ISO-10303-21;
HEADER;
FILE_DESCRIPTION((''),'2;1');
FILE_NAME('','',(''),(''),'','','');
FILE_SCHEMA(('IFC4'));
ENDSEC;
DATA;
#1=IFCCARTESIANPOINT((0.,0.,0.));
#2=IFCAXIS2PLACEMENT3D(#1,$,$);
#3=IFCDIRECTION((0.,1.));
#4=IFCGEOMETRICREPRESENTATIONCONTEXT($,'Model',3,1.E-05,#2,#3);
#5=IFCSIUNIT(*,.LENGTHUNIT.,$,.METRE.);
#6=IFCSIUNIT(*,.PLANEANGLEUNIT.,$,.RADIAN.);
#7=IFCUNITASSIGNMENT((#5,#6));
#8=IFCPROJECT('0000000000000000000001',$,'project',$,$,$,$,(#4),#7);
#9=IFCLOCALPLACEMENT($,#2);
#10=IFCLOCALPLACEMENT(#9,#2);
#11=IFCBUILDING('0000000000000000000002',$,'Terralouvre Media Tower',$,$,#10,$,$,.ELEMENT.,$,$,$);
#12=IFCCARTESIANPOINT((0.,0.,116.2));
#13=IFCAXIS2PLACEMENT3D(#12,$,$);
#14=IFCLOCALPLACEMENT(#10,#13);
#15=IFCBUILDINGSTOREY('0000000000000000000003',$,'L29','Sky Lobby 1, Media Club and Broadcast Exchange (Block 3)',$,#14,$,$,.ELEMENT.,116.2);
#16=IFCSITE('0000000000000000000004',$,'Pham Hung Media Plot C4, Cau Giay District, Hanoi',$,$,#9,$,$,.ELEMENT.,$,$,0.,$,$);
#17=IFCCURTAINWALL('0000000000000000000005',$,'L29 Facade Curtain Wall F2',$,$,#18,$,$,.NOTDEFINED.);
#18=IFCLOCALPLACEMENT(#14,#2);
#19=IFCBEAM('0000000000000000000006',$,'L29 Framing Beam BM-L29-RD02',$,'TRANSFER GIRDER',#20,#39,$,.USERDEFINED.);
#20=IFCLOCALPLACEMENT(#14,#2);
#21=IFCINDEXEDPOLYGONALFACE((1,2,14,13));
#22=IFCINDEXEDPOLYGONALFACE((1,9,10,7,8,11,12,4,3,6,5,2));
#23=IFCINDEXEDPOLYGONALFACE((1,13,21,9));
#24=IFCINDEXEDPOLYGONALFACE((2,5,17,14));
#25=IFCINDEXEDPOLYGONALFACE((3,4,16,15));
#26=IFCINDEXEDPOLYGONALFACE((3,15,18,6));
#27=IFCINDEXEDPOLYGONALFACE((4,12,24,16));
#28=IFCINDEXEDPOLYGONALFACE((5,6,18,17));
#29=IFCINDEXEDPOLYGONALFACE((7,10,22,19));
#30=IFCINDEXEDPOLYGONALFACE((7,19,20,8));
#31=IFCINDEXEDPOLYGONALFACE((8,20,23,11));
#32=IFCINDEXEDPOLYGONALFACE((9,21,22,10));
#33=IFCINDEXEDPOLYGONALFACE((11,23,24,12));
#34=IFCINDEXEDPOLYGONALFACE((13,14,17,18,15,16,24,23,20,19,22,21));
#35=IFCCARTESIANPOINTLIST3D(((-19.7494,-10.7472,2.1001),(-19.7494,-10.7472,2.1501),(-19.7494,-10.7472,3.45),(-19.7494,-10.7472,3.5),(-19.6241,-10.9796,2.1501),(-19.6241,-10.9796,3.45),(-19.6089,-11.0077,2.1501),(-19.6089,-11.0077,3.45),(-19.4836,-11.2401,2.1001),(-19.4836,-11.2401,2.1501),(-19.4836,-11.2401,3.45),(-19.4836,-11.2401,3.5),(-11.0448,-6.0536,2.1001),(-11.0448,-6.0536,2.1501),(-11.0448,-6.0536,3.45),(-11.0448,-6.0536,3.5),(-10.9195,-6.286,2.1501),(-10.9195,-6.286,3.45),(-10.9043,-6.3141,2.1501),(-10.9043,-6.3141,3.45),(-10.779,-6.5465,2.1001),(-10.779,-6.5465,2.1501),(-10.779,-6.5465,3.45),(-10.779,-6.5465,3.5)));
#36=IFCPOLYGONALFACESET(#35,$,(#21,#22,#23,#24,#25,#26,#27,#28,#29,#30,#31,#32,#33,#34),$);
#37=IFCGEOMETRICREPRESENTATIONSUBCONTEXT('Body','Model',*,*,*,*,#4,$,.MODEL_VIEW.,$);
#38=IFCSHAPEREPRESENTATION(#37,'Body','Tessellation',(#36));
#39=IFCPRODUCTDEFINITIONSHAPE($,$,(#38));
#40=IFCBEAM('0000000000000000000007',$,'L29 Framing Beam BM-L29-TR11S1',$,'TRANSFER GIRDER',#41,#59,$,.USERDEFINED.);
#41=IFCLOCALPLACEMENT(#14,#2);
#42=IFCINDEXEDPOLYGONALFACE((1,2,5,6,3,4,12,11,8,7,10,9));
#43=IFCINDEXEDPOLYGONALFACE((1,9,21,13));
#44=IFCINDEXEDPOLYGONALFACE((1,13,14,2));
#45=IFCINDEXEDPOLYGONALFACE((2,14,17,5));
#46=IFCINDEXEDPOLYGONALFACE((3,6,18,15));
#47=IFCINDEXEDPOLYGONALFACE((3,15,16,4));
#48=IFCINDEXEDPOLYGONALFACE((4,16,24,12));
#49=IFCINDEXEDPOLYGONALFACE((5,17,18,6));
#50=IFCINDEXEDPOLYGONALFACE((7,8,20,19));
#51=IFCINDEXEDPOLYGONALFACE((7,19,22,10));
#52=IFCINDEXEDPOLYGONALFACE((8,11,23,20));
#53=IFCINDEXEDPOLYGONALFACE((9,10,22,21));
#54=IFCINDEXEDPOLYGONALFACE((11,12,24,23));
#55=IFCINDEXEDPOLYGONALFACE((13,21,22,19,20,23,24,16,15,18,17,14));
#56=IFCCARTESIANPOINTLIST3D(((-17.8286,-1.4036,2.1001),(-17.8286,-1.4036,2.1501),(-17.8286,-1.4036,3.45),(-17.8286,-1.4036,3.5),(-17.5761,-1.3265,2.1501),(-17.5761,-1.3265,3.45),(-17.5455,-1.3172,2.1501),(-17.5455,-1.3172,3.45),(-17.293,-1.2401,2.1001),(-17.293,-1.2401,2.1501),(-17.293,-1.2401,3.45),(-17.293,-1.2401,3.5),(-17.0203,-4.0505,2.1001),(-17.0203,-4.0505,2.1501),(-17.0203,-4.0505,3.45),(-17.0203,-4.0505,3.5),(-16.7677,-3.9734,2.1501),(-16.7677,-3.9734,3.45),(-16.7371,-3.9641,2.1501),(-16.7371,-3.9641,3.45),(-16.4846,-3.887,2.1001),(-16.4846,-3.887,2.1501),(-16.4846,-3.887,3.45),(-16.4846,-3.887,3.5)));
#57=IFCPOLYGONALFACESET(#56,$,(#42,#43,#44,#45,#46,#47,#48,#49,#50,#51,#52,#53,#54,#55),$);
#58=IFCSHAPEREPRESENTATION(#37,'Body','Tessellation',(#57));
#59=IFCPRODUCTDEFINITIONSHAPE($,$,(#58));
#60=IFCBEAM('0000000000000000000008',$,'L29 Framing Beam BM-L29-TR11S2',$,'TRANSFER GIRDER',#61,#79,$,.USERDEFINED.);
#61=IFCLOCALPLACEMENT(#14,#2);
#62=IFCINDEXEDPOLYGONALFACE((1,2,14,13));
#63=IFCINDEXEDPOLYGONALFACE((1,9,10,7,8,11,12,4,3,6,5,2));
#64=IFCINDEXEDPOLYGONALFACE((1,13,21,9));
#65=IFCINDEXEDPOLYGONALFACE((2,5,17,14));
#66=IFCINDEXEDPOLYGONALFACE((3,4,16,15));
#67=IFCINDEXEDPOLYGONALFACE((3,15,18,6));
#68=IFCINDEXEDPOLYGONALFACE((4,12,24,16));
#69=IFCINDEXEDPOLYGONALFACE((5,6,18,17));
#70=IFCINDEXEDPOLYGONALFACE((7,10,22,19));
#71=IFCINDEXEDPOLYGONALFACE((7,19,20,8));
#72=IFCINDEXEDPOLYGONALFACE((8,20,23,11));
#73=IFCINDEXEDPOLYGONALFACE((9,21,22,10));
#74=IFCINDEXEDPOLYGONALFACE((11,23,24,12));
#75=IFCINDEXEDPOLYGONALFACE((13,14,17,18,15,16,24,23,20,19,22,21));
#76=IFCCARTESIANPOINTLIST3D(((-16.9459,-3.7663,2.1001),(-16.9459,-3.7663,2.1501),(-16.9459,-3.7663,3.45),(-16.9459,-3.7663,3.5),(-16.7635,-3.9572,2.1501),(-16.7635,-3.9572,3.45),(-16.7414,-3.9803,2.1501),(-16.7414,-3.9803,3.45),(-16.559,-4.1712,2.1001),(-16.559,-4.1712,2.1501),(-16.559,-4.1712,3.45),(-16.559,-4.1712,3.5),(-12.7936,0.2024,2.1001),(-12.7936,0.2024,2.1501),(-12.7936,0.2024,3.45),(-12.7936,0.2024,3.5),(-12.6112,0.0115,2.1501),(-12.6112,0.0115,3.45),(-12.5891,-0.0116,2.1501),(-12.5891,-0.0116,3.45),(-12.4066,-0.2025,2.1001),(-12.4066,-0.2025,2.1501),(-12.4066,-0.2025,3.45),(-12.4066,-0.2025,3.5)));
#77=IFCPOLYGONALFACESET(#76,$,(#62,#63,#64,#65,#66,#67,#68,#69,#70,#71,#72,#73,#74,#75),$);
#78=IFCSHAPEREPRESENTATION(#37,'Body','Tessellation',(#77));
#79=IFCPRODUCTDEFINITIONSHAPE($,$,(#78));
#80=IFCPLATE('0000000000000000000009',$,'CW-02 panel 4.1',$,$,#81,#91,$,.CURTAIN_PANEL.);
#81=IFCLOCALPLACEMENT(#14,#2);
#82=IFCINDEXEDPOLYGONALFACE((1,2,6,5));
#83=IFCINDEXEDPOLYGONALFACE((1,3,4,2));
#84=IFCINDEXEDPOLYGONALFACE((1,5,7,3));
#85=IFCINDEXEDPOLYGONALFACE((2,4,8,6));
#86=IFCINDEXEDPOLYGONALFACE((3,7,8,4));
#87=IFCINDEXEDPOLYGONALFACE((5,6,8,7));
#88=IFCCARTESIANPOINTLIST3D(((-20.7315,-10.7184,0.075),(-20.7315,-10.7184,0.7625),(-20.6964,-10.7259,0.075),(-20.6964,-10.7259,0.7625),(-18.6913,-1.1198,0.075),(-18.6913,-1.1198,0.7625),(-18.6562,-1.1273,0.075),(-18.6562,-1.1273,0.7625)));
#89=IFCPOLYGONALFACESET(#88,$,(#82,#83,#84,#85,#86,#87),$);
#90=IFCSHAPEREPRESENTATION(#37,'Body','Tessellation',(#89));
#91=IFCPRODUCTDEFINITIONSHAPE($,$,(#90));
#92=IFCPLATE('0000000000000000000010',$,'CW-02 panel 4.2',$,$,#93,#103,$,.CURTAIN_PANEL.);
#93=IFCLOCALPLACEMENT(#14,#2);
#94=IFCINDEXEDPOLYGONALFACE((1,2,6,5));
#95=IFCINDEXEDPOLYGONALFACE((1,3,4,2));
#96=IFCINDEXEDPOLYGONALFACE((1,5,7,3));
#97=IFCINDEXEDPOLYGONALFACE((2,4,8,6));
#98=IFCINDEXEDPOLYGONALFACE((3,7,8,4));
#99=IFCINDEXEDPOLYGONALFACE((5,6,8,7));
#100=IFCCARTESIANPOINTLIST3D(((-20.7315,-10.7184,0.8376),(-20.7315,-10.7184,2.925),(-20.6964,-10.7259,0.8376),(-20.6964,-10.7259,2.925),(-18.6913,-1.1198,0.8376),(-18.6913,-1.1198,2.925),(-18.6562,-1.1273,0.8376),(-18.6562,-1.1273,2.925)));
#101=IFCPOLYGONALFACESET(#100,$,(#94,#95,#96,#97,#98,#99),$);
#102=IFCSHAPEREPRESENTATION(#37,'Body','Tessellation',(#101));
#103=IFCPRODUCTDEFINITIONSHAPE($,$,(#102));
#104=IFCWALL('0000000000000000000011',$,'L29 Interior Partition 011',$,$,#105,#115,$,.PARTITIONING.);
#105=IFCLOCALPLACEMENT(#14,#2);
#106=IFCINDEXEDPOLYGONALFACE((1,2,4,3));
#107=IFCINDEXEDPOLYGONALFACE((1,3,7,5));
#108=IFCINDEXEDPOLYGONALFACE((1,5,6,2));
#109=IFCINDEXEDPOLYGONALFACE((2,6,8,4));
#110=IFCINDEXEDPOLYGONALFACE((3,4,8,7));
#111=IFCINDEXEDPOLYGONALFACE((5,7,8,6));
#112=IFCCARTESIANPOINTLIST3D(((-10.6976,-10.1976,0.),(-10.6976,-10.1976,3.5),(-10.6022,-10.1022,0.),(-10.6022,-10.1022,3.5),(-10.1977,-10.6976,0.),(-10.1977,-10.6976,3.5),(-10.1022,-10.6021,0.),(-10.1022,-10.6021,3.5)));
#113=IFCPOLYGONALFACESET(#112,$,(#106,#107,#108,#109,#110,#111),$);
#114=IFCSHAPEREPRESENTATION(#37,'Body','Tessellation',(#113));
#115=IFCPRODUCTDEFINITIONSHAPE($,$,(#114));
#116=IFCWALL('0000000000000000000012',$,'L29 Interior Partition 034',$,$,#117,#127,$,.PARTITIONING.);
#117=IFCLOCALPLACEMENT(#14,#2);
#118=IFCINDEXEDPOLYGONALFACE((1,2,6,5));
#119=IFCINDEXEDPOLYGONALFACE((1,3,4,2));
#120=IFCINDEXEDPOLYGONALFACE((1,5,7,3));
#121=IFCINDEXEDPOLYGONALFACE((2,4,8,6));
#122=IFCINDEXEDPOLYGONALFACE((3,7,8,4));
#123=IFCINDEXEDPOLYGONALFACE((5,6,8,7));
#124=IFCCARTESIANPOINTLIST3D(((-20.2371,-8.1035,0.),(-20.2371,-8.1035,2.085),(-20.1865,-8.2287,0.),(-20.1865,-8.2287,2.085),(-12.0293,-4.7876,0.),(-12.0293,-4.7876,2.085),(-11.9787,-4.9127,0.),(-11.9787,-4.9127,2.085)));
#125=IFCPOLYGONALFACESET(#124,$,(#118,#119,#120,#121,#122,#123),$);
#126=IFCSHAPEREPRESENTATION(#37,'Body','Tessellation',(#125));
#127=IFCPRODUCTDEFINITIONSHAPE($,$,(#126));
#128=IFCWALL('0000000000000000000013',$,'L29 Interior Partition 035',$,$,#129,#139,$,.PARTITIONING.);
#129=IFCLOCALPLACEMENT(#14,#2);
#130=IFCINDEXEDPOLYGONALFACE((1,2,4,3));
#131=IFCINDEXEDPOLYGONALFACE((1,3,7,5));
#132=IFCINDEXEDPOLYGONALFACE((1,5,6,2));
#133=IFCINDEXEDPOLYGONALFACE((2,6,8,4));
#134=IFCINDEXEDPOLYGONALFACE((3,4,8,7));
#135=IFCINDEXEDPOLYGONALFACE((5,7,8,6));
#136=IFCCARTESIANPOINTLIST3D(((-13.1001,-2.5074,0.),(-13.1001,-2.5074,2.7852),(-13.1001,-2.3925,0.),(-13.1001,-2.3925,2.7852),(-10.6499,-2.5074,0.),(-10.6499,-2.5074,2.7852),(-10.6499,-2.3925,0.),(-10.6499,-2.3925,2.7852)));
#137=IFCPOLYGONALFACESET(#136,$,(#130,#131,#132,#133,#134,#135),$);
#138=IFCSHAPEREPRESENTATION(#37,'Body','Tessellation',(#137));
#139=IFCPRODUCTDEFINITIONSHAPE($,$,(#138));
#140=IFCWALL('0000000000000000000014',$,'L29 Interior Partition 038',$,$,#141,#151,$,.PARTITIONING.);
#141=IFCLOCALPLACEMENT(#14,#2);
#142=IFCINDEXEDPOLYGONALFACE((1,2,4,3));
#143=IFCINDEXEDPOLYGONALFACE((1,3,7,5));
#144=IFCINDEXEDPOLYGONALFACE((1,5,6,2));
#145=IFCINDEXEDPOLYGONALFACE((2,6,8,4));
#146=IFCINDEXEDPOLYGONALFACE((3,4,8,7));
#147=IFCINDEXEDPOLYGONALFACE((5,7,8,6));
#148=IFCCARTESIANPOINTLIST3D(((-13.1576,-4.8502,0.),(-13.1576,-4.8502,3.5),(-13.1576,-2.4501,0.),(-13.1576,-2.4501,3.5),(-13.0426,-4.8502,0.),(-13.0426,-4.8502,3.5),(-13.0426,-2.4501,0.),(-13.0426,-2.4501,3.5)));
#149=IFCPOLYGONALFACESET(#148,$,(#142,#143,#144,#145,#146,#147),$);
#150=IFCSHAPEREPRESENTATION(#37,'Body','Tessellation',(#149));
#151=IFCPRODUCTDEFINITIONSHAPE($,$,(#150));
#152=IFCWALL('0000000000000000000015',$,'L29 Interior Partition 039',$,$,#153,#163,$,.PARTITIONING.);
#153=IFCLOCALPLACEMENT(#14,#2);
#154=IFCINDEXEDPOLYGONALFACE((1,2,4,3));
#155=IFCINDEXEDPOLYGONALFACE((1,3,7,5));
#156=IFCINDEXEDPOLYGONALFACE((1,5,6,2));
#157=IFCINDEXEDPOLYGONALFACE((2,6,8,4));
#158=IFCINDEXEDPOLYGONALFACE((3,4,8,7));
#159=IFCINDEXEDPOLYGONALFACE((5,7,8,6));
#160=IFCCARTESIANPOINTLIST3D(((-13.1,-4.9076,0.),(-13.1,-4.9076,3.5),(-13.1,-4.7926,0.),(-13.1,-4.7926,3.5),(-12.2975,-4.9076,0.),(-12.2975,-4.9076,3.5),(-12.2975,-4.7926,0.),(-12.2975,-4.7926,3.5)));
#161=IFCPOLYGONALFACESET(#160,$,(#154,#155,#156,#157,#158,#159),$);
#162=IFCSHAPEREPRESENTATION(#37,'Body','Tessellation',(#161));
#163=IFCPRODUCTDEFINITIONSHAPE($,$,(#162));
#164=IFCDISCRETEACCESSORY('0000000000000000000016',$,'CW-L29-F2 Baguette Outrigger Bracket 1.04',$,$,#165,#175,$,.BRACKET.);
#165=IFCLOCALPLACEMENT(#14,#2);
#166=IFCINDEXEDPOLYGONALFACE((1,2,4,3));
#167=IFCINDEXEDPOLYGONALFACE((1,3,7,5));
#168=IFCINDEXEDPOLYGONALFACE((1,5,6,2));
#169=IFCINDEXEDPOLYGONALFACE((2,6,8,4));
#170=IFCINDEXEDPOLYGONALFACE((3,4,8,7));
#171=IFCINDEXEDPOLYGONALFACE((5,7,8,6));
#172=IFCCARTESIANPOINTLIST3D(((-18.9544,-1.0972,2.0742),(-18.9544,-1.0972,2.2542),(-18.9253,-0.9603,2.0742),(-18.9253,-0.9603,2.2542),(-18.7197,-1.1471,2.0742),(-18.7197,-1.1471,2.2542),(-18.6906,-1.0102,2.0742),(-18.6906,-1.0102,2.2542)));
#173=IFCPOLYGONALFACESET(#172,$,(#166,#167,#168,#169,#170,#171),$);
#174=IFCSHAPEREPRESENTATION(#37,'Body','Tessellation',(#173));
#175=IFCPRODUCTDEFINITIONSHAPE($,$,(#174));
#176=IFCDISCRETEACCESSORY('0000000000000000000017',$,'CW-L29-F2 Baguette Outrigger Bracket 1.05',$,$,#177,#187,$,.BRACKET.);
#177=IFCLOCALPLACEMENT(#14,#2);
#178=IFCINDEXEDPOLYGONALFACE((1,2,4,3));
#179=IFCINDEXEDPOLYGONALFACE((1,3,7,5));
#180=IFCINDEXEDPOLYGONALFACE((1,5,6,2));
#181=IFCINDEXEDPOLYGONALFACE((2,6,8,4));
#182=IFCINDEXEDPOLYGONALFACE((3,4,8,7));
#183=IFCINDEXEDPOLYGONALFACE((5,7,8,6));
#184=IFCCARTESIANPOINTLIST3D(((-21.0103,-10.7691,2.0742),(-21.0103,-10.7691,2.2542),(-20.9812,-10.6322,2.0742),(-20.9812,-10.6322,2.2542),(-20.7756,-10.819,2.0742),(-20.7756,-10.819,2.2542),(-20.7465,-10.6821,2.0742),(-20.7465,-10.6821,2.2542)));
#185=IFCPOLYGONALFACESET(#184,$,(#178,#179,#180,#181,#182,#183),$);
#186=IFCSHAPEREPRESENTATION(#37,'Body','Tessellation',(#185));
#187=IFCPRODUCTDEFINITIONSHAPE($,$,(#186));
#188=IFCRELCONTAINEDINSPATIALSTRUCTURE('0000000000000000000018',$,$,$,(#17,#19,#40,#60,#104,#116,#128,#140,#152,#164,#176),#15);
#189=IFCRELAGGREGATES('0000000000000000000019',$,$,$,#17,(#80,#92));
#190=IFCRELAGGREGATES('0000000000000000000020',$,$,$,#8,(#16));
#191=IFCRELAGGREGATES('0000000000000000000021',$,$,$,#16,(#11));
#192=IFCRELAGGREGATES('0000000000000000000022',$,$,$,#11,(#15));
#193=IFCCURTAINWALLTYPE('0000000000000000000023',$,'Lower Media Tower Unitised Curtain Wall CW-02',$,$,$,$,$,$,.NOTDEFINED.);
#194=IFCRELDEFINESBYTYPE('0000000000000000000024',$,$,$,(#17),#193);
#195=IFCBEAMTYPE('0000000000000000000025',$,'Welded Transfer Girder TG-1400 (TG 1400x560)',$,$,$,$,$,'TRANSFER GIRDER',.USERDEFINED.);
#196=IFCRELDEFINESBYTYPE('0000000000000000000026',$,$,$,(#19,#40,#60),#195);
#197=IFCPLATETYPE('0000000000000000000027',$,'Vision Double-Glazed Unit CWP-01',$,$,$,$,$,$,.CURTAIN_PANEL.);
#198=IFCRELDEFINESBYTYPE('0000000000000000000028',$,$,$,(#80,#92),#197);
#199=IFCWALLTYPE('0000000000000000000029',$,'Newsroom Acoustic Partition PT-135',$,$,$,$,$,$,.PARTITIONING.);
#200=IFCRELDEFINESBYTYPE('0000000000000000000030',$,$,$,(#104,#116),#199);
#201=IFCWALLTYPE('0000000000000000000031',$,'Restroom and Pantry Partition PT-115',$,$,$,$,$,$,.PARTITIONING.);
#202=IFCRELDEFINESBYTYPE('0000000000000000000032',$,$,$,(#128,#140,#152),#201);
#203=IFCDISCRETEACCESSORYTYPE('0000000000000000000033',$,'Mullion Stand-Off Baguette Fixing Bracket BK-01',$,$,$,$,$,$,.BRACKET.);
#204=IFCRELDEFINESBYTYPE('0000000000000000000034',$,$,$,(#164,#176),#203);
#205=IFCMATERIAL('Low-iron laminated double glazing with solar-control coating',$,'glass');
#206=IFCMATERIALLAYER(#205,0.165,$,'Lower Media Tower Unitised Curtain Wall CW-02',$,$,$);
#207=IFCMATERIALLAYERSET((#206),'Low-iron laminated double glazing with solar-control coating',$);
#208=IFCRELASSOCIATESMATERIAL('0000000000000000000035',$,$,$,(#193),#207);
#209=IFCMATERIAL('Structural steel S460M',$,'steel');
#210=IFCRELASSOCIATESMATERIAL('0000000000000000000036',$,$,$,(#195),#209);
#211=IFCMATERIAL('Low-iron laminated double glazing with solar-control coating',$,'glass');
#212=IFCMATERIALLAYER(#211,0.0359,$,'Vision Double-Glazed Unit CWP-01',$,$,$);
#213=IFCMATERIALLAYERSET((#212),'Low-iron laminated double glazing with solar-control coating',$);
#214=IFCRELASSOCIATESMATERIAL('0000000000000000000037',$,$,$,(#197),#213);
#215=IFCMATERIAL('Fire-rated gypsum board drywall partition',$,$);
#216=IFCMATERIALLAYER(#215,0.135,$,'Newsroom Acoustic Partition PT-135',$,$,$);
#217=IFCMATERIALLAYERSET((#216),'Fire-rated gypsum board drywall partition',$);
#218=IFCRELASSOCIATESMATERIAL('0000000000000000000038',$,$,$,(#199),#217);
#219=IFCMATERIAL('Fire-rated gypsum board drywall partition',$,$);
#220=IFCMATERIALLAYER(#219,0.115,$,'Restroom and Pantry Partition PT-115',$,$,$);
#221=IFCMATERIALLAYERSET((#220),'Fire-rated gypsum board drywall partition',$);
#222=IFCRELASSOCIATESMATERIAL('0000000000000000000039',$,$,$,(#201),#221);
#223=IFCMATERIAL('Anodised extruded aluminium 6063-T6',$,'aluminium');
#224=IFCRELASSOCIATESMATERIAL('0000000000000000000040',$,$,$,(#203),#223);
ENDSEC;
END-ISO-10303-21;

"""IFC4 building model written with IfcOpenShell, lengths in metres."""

from ifc_helpers import new_model, si_unit, direction, frame, frame_2d, origin, origin_2d, place, context, subcontext, project, spatial, rectangle, i_section, extrude, material, layer, layer_set, material_profile, profile_set, type_object, element, aggregate, save


model = new_model("IFC4")

# Units and contexts
model_context = context("Model", 3, precision=1e-05, world=origin(), true_north=direction((0.0, 1.0)))
body_context = subcontext(model_context, "Body", "Model", "MODEL_VIEW")
ifc_project = project(units=[si_unit("LENGTHUNIT", "METRE"), si_unit("PLANEANGLEUNIT", "RADIAN")], contexts=[model_context])

# Site, building, storey
site_placement = place(None, origin())
site = spatial("IfcSite", under=ifc_project, at=site_placement, Name="Pham Hung Media Plot C4, Cau Giay District, Hanoi", CompositionType="ELEMENT", RefElevation=0.0)
building_placement = place(site_placement, origin())
building = spatial("IfcBuilding", under=site, at=building_placement, Name="Terralouvre Media Tower", CompositionType="ELEMENT")
storey_placement = place(building_placement, frame((0.0, 0.0, 116.2)))
storey = spatial("IfcBuildingStorey", under=building, at=storey_placement, Name="L29", Description="Sky Lobby 1, Media Club and Broadcast Exchange (Block 3)", CompositionType="ELEMENT", Elevation=116.2)

# Curtain wall
ifc_material_1 = material(Name="Low-iron laminated double glazing with solar-control coating", Category="glass")
ifc_layer_1 = layer(ifc_material_1, 0.165, Name="Lower Media Tower Unitised Curtain Wall CW-02")
ifc_layer_set_1 = layer_set([ifc_layer_1], Name="Low-iron laminated double glazing with solar-control coating")
curtain_wall_type = type_object("IfcCurtainWallType", Name="Lower Media Tower Unitised Curtain Wall CW-02", PredefinedType="NOTDEFINED", material=ifc_layer_set_1)
curtain_wall_placement = place(storey_placement, origin())
curtain_wall = element("IfcCurtainWall", 1, at=curtain_wall_placement, inside=storey, type_object=curtain_wall_type, Name="L29 Facade Curtain Wall F2", PredefinedType="NOTDEFINED")

# Beams
ifc_material_2 = material(Name="Structural steel S460M", Category="steel")
ifc_material_profile_1 = material_profile(ifc_material_2, i_section(OverallWidth=0.5601, OverallDepth=1.3999, WebThickness=0.032, FlangeThickness=0.05, at=origin_2d()), Name="TG 1400x560")
ifc_profile_set_1 = profile_set([ifc_material_profile_1], Name="Structural steel S460M")
beam_type_1 = type_object("IfcBeamType", Name="Welded Transfer Girder TG-1400 (TG 1400x560)", ElementType="TRANSFER GIRDER", PredefinedType="USERDEFINED", material=ifc_profile_set_1)
beam_1_placement = place(storey_placement, frame((-10.9119, -6.3, 2.8), z_axis=(-0.880196, -0.474611, 0.0), x_axis=(0.474611, -0.880196, 0.0)))
element("IfcBeam", 2, at=beam_1_placement, inside=storey, type_object=beam_type_1, Name="L29 Framing Beam BM-L29-RD02", ObjectType="TRANSFER GIRDER", PredefinedType="USERDEFINED", context=body_context, shape_type="SweptSolid", body=[
    extrude(i_section(OverallWidth=0.5601, OverallDepth=1.3999, WebThickness=0.032, FlangeThickness=0.05, at=origin_2d()), origin(), (0.0, 0.0, 1.0), 9.8894),
])
beam_2_placement = place(storey_placement, frame((-16.7524, -3.9688, 2.8), z_axis=(-0.292071, 0.956397, 0.0), x_axis=(-0.956397, -0.292071, 0.0)))
element("IfcBeam", 3, at=beam_2_placement, inside=storey, type_object=beam_type_1, Name="L29 Framing Beam BM-L29-TR11S1", ObjectType="TRANSFER GIRDER", PredefinedType="USERDEFINED", context=body_context, shape_type="SweptSolid", body=[
    extrude(i_section(OverallWidth=0.5601, OverallDepth=1.3999, WebThickness=0.032, FlangeThickness=0.05, at=origin_2d()), origin(), (0.0, 0.0, 1.0), 2.7676),
])
beam_3_placement = place(storey_placement, frame((-16.7524, -3.9688, 2.8), z_axis=(0.722908, 0.690945, 0.0), x_axis=(-0.690945, 0.722908, 0.0)))
element("IfcBeam", 4, at=beam_3_placement, inside=storey, type_object=beam_type_1, Name="L29 Framing Beam BM-L29-TR11S2", ObjectType="TRANSFER GIRDER", PredefinedType="USERDEFINED", context=body_context, shape_type="SweptSolid", body=[
    extrude(i_section(OverallWidth=0.5601, OverallDepth=1.3999, WebThickness=0.032, FlangeThickness=0.05, at=origin_2d()), origin(), (0.0, 0.0, 1.0), 5.7439),
])

# Plates
ifc_material_3 = material(Name="Low-iron laminated double glazing with solar-control coating", Category="glass")
ifc_layer_2 = layer(ifc_material_3, 0.0359, Name="Vision Double-Glazed Unit CWP-01")
ifc_layer_set_2 = layer_set([ifc_layer_2], Name="Low-iron laminated double glazing with solar-control coating")
plate_type = type_object("IfcPlateType", Name="Vision Double-Glazed Unit CWP-01", PredefinedType="CURTAIN_PANEL", material=ifc_layer_set_2)
plate_1_placement = place(storey_placement, frame((-19.6938, -5.9229, 0.075), z_axis=(0.0, 0.0, 1.0), x_axis=(-0.207912, -0.978148, 0.0)))
plate_1 = element("IfcPlate", 5, at=plate_1_placement, type_object=plate_type, Name="CW-02 panel 4.1", PredefinedType="CURTAIN_PANEL", context=body_context, shape_type="SweptSolid", body=[
    extrude(rectangle(XDim=9.813, YDim=0.0359, at=origin_2d()), origin(), (0.0, 0.0, 1.0), 0.6875),
])
plate_2_placement = place(storey_placement, frame((-19.6938, -5.9229, 0.8376), z_axis=(0.0, 0.0, 1.0), x_axis=(-0.207912, -0.978148, 0.0)))
plate_2 = element("IfcPlate", 6, at=plate_2_placement, type_object=plate_type, Name="CW-02 panel 4.2", PredefinedType="CURTAIN_PANEL", context=body_context, shape_type="SweptSolid", body=[
    extrude(rectangle(XDim=9.813, YDim=0.0359, at=origin_2d()), origin(), (0.0, 0.0, 1.0), 2.0874),
])
aggregate(curtain_wall, [plate_1, plate_2])

# Walls
ifc_material_4 = material(Name="Fire-rated gypsum board drywall partition")
ifc_layer_3 = layer(ifc_material_4, 0.135, Name="Newsroom Acoustic Partition PT-135")
ifc_layer_set_3 = layer_set([ifc_layer_3], Name="Fire-rated gypsum board drywall partition")
wall_type_1 = type_object("IfcWallType", Name="Newsroom Acoustic Partition PT-135", PredefinedType="PARTITIONING", material=ifc_layer_set_3)
wall_1_placement = place(storey_placement, frame((-10.6499, -10.1499, 0.0), z_axis=(0.0, 0.0, 1.0), x_axis=(0.707107, -0.707107, 0.0)))
element("IfcWall", 7, at=wall_1_placement, inside=storey, type_object=wall_type_1, Name="L29 Interior Partition 011", PredefinedType="PARTITIONING", context=body_context, shape_type="SweptSolid", body=[
    extrude(rectangle(XDim=0.707, YDim=0.135, at=frame_2d((0.3535, 0.0))), origin(), (0.0, 0.0, 1.0), 3.5),
])
wall_2_placement = place(storey_placement, frame((-12.0039, -4.8501, 0.0), z_axis=(0.0, 0.0, 1.0), x_axis=(-0.927193, -0.374584, 0.0)))
element("IfcWall", 8, at=wall_2_placement, inside=storey, type_object=wall_type_1, Name="L29 Interior Partition 034", PredefinedType="PARTITIONING", context=body_context, shape_type="SweptSolid", body=[
    extrude(rectangle(XDim=8.8523, YDim=0.135, at=frame_2d((4.4263, 0.0))), origin(), (0.0, 0.0, 1.0), 2.085),
])
ifc_material_5 = material(Name="Fire-rated gypsum board drywall partition")
ifc_layer_4 = layer(ifc_material_5, 0.115, Name="Restroom and Pantry Partition PT-115")
ifc_layer_set_4 = layer_set([ifc_layer_4], Name="Fire-rated gypsum board drywall partition")
wall_type_2 = type_object("IfcWallType", Name="Restroom and Pantry Partition PT-115", PredefinedType="PARTITIONING", material=ifc_layer_set_4)
wall_3_placement = place(storey_placement, frame((-13.1001, -2.45, 0.0), z_axis=(0.0, 0.0, 1.0), x_axis=(1.0, 0.0, 0.0)))
element("IfcWall", 9, at=wall_3_placement, inside=storey, type_object=wall_type_2, Name="L29 Interior Partition 035", PredefinedType="PARTITIONING", context=body_context, shape_type="SweptSolid", body=[
    extrude(rectangle(XDim=2.4502, YDim=0.115, at=frame_2d((1.2251, 0.0))), origin(), (0.0, 0.0, 1.0), 2.7852),
])
wall_4_placement = place(storey_placement, frame((-13.1001, -2.45, 0.0), z_axis=(0.0, 0.0, 1.0), x_axis=(0.0, -1.0, 0.0)))
element("IfcWall", 10, at=wall_4_placement, inside=storey, type_object=wall_type_2, Name="L29 Interior Partition 038", PredefinedType="PARTITIONING", context=body_context, shape_type="SweptSolid", body=[
    extrude(rectangle(XDim=2.4001, YDim=0.115, at=frame_2d((1.2002, 0.0))), origin(), (0.0, 0.0, 1.0), 3.5),
])
wall_5_placement = place(storey_placement, frame((-13.1001, -4.8501, 0.0), z_axis=(0.0, 0.0, 1.0), x_axis=(1.0, 0.0, 0.0)))
element("IfcWall", 11, at=wall_5_placement, inside=storey, type_object=wall_type_2, Name="L29 Interior Partition 039", PredefinedType="PARTITIONING", context=body_context, shape_type="SweptSolid", body=[
    extrude(rectangle(XDim=0.8025, YDim=0.115, at=frame_2d((0.4014, 0.0))), origin(), (0.0, 0.0, 1.0), 3.5),
])

# Discrete accessories
ifc_material_6 = material(Name="Anodised extruded aluminium 6063-T6", Category="aluminium")
discrete_accessory_type = type_object("IfcDiscreteAccessoryType", Name="Mullion Stand-Off Baguette Fixing Bracket BK-01", PredefinedType="BRACKET", material=ifc_material_6)
for number, where, z_axis, x_axis, name in (
    (12, (-18.8225, -1.0537, 2.0742), (0.0, 0.0, 1.0), (-0.207912, -0.978148, 0.0), "CW-L29-F2 Baguette Outrigger Bracket 1.04"),
    (13, (-20.8784, -10.7256, 2.0742), (0.0, 0.0, 1.0), (-0.207912, -0.978148, 0.0), "CW-L29-F2 Baguette Outrigger Bracket 1.05"),
):
    element("IfcDiscreteAccessory", number, at=place(storey_placement, frame(where, z_axis=z_axis, x_axis=x_axis)), inside=storey, type_object=discrete_accessory_type, Name=name, PredefinedType="BRACKET", context=body_context, shape_type="SweptSolid", body=[
        extrude(rectangle(XDim=0.1399, YDim=0.24, at=origin_2d()), origin(), (0.0, 0.0, 1.0), 0.1799),
    ])

save(model, "model.ifc")
